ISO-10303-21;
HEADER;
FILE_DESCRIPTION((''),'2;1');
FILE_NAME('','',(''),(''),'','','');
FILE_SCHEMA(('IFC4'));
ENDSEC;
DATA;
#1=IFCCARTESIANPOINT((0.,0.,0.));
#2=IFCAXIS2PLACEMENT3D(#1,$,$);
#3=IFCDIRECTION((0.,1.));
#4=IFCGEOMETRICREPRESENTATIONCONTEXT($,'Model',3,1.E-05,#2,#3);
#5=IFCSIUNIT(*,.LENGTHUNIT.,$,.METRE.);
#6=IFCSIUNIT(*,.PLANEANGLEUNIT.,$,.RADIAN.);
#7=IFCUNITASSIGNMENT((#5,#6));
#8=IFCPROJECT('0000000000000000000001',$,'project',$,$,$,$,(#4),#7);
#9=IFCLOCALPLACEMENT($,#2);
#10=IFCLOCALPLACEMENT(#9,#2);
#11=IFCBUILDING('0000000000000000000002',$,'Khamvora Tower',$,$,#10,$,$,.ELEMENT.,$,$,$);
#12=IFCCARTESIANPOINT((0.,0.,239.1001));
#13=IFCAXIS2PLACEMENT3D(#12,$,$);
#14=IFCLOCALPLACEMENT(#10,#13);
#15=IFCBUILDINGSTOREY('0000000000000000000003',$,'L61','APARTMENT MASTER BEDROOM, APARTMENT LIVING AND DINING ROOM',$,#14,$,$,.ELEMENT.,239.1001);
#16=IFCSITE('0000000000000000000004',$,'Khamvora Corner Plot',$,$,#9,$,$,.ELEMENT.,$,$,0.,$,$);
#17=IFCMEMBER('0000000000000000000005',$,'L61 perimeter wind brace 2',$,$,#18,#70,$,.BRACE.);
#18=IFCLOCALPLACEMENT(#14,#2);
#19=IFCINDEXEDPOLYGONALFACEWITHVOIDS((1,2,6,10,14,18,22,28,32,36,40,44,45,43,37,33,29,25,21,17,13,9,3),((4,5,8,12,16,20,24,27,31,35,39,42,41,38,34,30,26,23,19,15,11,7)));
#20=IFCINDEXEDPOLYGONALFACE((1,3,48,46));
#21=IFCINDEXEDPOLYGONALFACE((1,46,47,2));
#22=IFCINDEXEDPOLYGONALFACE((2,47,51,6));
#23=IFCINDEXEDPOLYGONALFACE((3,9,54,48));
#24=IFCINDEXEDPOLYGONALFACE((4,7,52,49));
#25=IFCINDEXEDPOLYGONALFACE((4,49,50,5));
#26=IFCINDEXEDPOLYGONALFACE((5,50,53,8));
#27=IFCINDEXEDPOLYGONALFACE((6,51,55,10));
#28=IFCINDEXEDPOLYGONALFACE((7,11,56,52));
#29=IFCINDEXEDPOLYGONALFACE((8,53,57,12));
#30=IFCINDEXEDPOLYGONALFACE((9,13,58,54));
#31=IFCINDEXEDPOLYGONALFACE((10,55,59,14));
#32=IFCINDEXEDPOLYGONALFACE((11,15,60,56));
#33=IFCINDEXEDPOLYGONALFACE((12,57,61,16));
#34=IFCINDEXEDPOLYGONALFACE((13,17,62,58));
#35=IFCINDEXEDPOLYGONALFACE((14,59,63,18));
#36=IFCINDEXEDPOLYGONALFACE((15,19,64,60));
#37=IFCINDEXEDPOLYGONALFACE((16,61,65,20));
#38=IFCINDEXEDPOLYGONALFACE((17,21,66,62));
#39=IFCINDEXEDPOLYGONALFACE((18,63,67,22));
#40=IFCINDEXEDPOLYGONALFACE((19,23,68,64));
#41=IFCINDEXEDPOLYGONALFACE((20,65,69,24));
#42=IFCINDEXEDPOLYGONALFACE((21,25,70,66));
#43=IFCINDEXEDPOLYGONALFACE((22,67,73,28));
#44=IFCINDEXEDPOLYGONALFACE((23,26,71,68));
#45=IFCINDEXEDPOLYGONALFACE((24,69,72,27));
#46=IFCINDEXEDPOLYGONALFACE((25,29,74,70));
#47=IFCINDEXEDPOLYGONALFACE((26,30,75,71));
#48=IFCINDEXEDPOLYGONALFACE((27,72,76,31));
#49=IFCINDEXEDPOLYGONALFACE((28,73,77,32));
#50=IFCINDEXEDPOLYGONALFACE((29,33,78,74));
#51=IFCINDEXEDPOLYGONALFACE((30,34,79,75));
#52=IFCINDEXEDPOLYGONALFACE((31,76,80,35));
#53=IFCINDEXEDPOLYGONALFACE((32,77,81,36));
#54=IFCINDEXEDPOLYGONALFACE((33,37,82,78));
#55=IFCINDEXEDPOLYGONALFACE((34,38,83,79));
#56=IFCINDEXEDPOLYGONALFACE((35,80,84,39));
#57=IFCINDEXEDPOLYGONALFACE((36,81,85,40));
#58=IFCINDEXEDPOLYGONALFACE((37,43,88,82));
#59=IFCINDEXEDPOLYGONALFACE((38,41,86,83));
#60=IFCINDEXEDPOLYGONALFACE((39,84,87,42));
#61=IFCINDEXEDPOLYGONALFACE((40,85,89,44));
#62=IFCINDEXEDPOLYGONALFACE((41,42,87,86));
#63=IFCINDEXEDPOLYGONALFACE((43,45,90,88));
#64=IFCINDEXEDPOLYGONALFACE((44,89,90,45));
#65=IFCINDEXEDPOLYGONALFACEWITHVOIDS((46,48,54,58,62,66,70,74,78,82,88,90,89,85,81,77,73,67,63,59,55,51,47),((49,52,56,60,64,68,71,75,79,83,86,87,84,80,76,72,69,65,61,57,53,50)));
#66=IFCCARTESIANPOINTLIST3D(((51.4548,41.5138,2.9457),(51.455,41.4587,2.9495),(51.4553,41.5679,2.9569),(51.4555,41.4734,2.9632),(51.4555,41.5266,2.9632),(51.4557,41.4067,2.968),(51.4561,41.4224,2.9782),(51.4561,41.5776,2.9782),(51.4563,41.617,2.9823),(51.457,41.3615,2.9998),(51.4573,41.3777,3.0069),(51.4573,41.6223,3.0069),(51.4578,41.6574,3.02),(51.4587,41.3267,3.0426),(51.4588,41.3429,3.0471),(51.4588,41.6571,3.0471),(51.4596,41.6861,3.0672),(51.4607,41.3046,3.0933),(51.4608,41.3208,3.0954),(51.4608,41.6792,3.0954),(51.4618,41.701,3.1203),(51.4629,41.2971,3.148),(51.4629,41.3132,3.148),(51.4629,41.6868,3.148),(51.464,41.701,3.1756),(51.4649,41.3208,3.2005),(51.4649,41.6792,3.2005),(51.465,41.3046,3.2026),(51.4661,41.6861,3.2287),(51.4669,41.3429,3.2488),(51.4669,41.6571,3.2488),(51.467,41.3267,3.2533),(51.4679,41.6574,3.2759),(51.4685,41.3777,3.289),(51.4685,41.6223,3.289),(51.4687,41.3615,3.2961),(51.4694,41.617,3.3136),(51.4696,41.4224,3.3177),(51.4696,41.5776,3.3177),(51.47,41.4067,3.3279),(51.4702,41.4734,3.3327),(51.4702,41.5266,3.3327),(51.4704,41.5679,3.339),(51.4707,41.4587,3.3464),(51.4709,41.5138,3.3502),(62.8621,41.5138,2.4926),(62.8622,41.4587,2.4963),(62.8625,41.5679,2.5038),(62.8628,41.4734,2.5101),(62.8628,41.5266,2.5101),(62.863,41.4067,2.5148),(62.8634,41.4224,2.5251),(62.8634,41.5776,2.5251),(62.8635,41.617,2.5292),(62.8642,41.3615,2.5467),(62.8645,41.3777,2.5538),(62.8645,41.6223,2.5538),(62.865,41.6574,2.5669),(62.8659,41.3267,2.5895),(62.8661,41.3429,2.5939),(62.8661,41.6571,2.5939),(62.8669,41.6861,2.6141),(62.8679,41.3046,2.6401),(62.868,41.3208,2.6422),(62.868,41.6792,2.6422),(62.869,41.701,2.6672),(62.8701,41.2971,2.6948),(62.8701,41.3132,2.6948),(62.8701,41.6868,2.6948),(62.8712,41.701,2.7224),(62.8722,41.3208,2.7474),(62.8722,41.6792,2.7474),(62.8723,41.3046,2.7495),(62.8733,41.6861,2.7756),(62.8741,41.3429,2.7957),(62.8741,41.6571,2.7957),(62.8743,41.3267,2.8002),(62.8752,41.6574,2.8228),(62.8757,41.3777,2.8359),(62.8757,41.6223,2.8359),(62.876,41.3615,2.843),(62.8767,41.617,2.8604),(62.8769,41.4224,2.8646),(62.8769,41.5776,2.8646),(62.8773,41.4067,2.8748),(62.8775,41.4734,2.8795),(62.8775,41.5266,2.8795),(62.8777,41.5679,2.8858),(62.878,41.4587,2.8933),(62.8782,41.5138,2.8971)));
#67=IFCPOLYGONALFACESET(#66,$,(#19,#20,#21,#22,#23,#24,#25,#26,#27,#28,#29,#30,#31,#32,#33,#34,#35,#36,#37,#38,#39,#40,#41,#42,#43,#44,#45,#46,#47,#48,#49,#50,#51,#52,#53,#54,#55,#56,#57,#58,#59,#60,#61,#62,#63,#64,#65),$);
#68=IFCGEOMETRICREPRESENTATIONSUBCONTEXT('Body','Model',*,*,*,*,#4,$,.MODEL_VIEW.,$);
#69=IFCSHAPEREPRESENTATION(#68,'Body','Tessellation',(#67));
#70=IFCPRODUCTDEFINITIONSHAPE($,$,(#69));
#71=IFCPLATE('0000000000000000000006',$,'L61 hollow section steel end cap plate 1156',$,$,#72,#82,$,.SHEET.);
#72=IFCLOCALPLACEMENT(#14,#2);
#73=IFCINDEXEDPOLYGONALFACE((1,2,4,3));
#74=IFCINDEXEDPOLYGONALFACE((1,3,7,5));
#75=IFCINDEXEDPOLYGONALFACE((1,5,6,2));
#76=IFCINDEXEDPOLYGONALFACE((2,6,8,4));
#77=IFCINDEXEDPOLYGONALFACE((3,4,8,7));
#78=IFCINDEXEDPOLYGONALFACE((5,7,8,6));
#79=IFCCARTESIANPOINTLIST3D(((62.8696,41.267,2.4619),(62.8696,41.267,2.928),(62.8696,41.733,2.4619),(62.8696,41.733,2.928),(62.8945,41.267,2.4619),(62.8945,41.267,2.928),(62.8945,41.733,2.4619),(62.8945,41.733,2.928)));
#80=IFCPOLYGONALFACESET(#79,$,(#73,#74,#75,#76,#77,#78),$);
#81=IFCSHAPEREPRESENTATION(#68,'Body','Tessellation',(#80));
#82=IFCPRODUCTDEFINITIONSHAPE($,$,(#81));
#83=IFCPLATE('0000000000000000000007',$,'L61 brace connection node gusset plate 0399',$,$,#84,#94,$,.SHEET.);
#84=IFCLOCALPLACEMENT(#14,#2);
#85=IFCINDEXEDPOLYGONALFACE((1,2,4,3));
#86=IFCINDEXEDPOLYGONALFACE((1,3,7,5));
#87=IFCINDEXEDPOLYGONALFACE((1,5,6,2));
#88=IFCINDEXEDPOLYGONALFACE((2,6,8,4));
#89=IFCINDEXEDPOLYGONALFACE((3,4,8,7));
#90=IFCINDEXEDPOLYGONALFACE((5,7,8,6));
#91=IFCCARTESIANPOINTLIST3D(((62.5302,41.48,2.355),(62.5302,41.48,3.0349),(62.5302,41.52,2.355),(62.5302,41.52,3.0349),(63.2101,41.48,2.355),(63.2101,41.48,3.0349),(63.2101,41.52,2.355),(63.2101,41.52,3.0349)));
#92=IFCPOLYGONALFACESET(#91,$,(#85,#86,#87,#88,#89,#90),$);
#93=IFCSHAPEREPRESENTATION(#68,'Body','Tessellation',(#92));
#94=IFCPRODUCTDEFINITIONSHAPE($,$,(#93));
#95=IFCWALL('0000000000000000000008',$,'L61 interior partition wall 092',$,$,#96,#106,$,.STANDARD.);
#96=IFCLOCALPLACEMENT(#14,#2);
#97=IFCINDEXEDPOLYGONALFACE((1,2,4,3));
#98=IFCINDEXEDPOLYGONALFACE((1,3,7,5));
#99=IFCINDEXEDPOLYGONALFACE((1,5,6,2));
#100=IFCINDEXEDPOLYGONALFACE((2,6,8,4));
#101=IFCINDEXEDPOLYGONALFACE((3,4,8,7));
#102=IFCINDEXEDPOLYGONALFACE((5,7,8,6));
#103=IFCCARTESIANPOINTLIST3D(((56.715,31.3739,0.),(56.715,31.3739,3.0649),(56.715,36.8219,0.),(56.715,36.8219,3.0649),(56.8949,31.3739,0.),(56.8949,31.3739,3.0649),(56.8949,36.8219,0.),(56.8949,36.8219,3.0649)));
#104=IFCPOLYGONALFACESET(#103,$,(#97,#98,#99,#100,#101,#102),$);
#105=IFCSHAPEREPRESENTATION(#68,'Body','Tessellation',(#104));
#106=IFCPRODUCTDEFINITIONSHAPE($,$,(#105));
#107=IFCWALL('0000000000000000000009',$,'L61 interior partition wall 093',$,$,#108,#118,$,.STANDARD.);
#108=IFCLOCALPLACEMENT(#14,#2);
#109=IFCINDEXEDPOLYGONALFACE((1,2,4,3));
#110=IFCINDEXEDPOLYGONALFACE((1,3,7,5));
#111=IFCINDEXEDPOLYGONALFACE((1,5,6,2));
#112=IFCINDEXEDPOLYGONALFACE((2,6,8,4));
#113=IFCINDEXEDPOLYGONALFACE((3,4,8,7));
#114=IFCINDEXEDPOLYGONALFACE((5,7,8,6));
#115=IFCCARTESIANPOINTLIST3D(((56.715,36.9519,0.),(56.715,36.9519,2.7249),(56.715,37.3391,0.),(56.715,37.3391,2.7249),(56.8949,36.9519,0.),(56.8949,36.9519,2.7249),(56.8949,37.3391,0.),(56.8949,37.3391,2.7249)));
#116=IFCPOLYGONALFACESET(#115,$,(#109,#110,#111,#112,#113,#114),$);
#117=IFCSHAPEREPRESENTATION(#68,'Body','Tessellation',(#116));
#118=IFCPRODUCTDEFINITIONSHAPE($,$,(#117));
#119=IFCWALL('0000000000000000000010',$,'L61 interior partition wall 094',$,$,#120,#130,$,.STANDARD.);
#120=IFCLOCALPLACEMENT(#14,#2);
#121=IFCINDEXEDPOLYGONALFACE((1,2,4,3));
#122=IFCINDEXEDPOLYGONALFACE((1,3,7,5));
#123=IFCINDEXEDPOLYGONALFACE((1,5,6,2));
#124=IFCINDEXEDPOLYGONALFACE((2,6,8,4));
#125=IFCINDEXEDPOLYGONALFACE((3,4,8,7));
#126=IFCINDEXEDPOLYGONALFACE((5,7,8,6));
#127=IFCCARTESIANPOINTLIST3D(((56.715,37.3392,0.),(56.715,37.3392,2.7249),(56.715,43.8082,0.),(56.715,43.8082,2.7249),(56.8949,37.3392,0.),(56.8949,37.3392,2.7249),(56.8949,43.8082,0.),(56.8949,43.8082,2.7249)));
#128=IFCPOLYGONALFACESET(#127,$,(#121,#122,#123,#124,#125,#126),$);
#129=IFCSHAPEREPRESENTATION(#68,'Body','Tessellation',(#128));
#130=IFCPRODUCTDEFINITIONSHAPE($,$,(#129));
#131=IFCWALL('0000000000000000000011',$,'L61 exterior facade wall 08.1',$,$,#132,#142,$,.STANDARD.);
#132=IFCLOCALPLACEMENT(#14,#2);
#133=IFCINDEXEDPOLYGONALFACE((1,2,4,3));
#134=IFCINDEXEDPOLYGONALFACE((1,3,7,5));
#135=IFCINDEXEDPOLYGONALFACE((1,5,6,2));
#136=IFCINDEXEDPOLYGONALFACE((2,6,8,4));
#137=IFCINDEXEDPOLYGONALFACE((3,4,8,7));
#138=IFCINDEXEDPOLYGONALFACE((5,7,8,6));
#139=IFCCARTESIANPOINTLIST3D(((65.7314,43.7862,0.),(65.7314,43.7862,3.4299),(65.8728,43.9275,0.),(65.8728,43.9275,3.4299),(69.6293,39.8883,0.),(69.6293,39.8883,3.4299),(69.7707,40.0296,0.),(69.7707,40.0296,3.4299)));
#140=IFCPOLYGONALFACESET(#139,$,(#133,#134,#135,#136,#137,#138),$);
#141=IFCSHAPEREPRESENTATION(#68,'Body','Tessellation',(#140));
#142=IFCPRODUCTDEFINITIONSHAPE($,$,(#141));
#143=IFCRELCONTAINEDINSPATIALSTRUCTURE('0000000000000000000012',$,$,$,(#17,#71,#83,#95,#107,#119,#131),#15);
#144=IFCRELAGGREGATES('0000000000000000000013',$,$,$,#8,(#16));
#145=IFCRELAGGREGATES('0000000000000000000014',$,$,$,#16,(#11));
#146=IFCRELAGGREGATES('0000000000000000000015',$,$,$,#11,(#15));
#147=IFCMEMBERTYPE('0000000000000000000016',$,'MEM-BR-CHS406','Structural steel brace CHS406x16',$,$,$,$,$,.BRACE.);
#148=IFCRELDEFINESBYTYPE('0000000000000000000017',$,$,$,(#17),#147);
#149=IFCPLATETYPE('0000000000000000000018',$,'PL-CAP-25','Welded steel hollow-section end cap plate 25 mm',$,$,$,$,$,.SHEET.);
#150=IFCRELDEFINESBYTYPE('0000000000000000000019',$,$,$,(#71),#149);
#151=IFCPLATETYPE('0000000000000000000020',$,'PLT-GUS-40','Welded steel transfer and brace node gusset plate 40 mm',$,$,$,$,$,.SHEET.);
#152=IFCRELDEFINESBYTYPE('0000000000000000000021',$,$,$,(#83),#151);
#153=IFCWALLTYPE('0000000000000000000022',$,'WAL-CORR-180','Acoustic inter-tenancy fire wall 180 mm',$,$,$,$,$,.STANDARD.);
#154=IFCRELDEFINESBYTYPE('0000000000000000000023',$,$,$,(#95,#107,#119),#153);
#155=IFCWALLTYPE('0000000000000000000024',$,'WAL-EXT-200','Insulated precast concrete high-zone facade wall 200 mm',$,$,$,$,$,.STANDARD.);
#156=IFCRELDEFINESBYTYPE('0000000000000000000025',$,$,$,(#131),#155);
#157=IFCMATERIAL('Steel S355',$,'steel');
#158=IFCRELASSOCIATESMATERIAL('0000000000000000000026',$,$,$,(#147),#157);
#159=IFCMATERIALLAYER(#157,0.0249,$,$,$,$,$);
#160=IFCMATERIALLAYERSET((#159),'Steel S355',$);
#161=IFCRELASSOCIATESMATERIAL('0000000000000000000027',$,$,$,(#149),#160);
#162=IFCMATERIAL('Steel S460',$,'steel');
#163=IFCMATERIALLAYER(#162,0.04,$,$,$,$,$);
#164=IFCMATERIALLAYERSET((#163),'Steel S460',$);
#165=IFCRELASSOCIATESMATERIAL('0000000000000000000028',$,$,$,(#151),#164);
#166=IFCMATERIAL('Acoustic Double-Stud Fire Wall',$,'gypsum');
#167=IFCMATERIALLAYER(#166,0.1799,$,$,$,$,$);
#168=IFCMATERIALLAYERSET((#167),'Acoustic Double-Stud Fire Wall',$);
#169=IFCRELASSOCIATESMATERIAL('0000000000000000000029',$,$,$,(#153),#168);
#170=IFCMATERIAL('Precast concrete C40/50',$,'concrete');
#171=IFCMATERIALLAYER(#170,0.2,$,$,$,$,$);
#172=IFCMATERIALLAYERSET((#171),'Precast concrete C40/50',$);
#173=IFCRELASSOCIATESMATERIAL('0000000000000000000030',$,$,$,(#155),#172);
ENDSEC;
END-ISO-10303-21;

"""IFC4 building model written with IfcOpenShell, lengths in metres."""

from ifc_helpers import new_model, si_unit, direction, frame, frame_2d, origin, origin_2d, place, context, subcontext, project, spatial, rectangle, hollow_circle, extrude, material, layer, layer_set, material_profile, profile_set, type_object, element, save


model = new_model("IFC4")

# Units and contexts
model_context = context("Model", 3, precision=1e-05, world=origin(), true_north=direction((0.0, 1.0)))
body_context = subcontext(model_context, "Body", "Model", "MODEL_VIEW")
ifc_project = project(units=[si_unit("LENGTHUNIT", "METRE"), si_unit("PLANEANGLEUNIT", "RADIAN")], contexts=[model_context])

# Site, building, storey
site_placement = place(None, origin())
site = spatial("IfcSite", under=ifc_project, at=site_placement, Name="Khamvora Corner Plot", CompositionType="ELEMENT", RefElevation=0.0)
building_placement = place(site_placement, origin())
building = spatial("IfcBuilding", under=site, at=building_placement, Name="Khamvora Tower", CompositionType="ELEMENT")
storey_placement = place(building_placement, frame((0.0, 0.0, 239.1001)))
storey = spatial("IfcBuildingStorey", under=building, at=storey_placement, Name="L61", Description="APARTMENT MASTER BEDROOM, APARTMENT LIVING AND DINING ROOM", CompositionType="ELEMENT", Elevation=239.1001)

# Shared definitions
ifc_material_1 = material(Name="Steel S355", Category="steel")

# Member
ifc_material_profile_1 = material_profile(ifc_material_1, hollow_circle(Radius=0.2029, WallThickness=0.0161, at=origin_2d()), Name="CHS406x16")
ifc_profile_set_1 = profile_set([ifc_material_profile_1], Name="Steel S355")
member_type = type_object("IfcMemberType", Name="MEM-BR-CHS406", Description="Structural steel brace CHS406x16", PredefinedType="BRACE", material=ifc_profile_set_1)
member_placement = place(storey_placement, frame((62.8701, 41.5, 2.6948), z_axis=(-0.999212, 0.0, 0.039691), x_axis=(0.0, -1.0, 0.0)))
element("IfcMember", 1, at=member_placement, inside=storey, type_object=member_type, Name="L61 perimeter wind brace 2", PredefinedType="BRACE", context=body_context, shape_type="SweptSolid", body=[
    extrude(hollow_circle(Radius=0.2029, WallThickness=0.0161, at=origin_2d()), origin(), (0.0, 0.0, 1.0), 11.4163),
])

# Plates
ifc_layer_1 = layer(ifc_material_1, 0.0249)
ifc_layer_set_1 = layer_set([ifc_layer_1], Name="Steel S355")
plate_type_1 = type_object("IfcPlateType", Name="PL-CAP-25", Description="Welded steel hollow-section end cap plate 25 mm", PredefinedType="SHEET", material=ifc_layer_set_1)
plate_1_placement = place(storey_placement, frame((62.8821, 41.5, 2.4619), z_axis=(0.0, 0.0, 1.0), x_axis=(-1.0, 0.0, 0.0)))
element("IfcPlate", 2, at=plate_1_placement, inside=storey, type_object=plate_type_1, Name="L61 hollow section steel end cap plate 1156", PredefinedType="SHEET", context=body_context, shape_type="SweptSolid", body=[
    extrude(rectangle(XDim=0.0249, YDim=0.4661, at=origin_2d()), origin(), (0.0, 0.0, 1.0), 0.4661),
])
ifc_material_2 = material(Name="Steel S460", Category="steel")
ifc_layer_2 = layer(ifc_material_2, 0.04)
ifc_layer_set_2 = layer_set([ifc_layer_2], Name="Steel S460")
plate_type_2 = type_object("IfcPlateType", Name="PLT-GUS-40", Description="Welded steel transfer and brace node gusset plate 40 mm", PredefinedType="SHEET", material=ifc_layer_set_2)
plate_2_placement = place(storey_placement, frame((62.8701, 41.5, 2.355), z_axis=(0.0, 0.0, 1.0), x_axis=(1.0, 0.0, 0.0)))
element("IfcPlate", 3, at=plate_2_placement, inside=storey, type_object=plate_type_2, Name="L61 brace connection node gusset plate 0399", PredefinedType="SHEET", context=body_context, shape_type="SweptSolid", body=[
    extrude(rectangle(XDim=0.6799, YDim=0.04, at=origin_2d()), origin(), (0.0, 0.0, 1.0), 0.6799),
])

# Walls
ifc_material_3 = material(Name="Acoustic Double-Stud Fire Wall", Category="gypsum")
ifc_layer_3 = layer(ifc_material_3, 0.1799)
ifc_layer_set_3 = layer_set([ifc_layer_3], Name="Acoustic Double-Stud Fire Wall")
wall_type_1 = type_object("IfcWallType", Name="WAL-CORR-180", Description="Acoustic inter-tenancy fire wall 180 mm", PredefinedType="STANDARD", material=ifc_layer_set_3)
wall_1_placement = place(storey_placement, frame((56.8049, 36.822, 0.0), z_axis=(0.0, 0.0, 1.0), x_axis=(0.0, -1.0, 0.0)))
element("IfcWall", 4, at=wall_1_placement, inside=storey, type_object=wall_type_1, Name="L61 interior partition wall 092", PredefinedType="STANDARD", context=body_context, shape_type="SweptSolid", body=[
    extrude(rectangle(XDim=5.448, YDim=0.1799, at=frame_2d((2.7241, 0.0))), origin(), (0.0, 0.0, 1.0), 3.0649),
])
wall_2_placement = place(storey_placement, frame((56.8049, 37.3391, 0.0), z_axis=(0.0, 0.0, 1.0), x_axis=(0.0, -1.0, 0.0)))
element("IfcWall", 5, at=wall_2_placement, inside=storey, type_object=wall_type_1, Name="L61 interior partition wall 093", PredefinedType="STANDARD", context=body_context, shape_type="SweptSolid", body=[
    extrude(rectangle(XDim=0.3872, YDim=0.1799, at=frame_2d((0.1936, 0.0))), origin(), (0.0, 0.0, 1.0), 2.7249),
])
wall_3_placement = place(storey_placement, frame((56.8049, 43.8081, 0.0), z_axis=(0.0, 0.0, 1.0), x_axis=(0.0, -1.0, 0.0)))
element("IfcWall", 6, at=wall_3_placement, inside=storey, type_object=wall_type_1, Name="L61 interior partition wall 094", PredefinedType="STANDARD", context=body_context, shape_type="SweptSolid", body=[
    extrude(rectangle(XDim=6.469, YDim=0.1799, at=frame_2d((3.2344, 0.0))), origin(), (0.0, 0.0, 1.0), 2.7249),
])
ifc_material_4 = material(Name="Precast concrete C40/50", Category="concrete")
ifc_layer_4 = layer(ifc_material_4, 0.2)
ifc_layer_set_4 = layer_set([ifc_layer_4], Name="Precast concrete C40/50")
wall_type_2 = type_object("IfcWallType", Name="WAL-EXT-200", Description="Insulated precast concrete high-zone facade wall 200 mm", PredefinedType="STANDARD", material=ifc_layer_set_4)
wall_4_placement = place(storey_placement, frame((65.802, 43.8569, 0.0), z_axis=(0.0, 0.0, 1.0), x_axis=(0.707107, -0.707107, 0.0)))
element("IfcWall", 7, at=wall_4_placement, inside=storey, type_object=wall_type_2, Name="L61 exterior facade wall 08.1", PredefinedType="STANDARD", context=body_context, shape_type="SweptSolid", body=[
    extrude(rectangle(XDim=5.5125, YDim=0.2, at=frame_2d((2.7563, 0.0))), origin(), (0.0, 0.0, 1.0), 3.4299),
])

save(model, "model.ifc")
